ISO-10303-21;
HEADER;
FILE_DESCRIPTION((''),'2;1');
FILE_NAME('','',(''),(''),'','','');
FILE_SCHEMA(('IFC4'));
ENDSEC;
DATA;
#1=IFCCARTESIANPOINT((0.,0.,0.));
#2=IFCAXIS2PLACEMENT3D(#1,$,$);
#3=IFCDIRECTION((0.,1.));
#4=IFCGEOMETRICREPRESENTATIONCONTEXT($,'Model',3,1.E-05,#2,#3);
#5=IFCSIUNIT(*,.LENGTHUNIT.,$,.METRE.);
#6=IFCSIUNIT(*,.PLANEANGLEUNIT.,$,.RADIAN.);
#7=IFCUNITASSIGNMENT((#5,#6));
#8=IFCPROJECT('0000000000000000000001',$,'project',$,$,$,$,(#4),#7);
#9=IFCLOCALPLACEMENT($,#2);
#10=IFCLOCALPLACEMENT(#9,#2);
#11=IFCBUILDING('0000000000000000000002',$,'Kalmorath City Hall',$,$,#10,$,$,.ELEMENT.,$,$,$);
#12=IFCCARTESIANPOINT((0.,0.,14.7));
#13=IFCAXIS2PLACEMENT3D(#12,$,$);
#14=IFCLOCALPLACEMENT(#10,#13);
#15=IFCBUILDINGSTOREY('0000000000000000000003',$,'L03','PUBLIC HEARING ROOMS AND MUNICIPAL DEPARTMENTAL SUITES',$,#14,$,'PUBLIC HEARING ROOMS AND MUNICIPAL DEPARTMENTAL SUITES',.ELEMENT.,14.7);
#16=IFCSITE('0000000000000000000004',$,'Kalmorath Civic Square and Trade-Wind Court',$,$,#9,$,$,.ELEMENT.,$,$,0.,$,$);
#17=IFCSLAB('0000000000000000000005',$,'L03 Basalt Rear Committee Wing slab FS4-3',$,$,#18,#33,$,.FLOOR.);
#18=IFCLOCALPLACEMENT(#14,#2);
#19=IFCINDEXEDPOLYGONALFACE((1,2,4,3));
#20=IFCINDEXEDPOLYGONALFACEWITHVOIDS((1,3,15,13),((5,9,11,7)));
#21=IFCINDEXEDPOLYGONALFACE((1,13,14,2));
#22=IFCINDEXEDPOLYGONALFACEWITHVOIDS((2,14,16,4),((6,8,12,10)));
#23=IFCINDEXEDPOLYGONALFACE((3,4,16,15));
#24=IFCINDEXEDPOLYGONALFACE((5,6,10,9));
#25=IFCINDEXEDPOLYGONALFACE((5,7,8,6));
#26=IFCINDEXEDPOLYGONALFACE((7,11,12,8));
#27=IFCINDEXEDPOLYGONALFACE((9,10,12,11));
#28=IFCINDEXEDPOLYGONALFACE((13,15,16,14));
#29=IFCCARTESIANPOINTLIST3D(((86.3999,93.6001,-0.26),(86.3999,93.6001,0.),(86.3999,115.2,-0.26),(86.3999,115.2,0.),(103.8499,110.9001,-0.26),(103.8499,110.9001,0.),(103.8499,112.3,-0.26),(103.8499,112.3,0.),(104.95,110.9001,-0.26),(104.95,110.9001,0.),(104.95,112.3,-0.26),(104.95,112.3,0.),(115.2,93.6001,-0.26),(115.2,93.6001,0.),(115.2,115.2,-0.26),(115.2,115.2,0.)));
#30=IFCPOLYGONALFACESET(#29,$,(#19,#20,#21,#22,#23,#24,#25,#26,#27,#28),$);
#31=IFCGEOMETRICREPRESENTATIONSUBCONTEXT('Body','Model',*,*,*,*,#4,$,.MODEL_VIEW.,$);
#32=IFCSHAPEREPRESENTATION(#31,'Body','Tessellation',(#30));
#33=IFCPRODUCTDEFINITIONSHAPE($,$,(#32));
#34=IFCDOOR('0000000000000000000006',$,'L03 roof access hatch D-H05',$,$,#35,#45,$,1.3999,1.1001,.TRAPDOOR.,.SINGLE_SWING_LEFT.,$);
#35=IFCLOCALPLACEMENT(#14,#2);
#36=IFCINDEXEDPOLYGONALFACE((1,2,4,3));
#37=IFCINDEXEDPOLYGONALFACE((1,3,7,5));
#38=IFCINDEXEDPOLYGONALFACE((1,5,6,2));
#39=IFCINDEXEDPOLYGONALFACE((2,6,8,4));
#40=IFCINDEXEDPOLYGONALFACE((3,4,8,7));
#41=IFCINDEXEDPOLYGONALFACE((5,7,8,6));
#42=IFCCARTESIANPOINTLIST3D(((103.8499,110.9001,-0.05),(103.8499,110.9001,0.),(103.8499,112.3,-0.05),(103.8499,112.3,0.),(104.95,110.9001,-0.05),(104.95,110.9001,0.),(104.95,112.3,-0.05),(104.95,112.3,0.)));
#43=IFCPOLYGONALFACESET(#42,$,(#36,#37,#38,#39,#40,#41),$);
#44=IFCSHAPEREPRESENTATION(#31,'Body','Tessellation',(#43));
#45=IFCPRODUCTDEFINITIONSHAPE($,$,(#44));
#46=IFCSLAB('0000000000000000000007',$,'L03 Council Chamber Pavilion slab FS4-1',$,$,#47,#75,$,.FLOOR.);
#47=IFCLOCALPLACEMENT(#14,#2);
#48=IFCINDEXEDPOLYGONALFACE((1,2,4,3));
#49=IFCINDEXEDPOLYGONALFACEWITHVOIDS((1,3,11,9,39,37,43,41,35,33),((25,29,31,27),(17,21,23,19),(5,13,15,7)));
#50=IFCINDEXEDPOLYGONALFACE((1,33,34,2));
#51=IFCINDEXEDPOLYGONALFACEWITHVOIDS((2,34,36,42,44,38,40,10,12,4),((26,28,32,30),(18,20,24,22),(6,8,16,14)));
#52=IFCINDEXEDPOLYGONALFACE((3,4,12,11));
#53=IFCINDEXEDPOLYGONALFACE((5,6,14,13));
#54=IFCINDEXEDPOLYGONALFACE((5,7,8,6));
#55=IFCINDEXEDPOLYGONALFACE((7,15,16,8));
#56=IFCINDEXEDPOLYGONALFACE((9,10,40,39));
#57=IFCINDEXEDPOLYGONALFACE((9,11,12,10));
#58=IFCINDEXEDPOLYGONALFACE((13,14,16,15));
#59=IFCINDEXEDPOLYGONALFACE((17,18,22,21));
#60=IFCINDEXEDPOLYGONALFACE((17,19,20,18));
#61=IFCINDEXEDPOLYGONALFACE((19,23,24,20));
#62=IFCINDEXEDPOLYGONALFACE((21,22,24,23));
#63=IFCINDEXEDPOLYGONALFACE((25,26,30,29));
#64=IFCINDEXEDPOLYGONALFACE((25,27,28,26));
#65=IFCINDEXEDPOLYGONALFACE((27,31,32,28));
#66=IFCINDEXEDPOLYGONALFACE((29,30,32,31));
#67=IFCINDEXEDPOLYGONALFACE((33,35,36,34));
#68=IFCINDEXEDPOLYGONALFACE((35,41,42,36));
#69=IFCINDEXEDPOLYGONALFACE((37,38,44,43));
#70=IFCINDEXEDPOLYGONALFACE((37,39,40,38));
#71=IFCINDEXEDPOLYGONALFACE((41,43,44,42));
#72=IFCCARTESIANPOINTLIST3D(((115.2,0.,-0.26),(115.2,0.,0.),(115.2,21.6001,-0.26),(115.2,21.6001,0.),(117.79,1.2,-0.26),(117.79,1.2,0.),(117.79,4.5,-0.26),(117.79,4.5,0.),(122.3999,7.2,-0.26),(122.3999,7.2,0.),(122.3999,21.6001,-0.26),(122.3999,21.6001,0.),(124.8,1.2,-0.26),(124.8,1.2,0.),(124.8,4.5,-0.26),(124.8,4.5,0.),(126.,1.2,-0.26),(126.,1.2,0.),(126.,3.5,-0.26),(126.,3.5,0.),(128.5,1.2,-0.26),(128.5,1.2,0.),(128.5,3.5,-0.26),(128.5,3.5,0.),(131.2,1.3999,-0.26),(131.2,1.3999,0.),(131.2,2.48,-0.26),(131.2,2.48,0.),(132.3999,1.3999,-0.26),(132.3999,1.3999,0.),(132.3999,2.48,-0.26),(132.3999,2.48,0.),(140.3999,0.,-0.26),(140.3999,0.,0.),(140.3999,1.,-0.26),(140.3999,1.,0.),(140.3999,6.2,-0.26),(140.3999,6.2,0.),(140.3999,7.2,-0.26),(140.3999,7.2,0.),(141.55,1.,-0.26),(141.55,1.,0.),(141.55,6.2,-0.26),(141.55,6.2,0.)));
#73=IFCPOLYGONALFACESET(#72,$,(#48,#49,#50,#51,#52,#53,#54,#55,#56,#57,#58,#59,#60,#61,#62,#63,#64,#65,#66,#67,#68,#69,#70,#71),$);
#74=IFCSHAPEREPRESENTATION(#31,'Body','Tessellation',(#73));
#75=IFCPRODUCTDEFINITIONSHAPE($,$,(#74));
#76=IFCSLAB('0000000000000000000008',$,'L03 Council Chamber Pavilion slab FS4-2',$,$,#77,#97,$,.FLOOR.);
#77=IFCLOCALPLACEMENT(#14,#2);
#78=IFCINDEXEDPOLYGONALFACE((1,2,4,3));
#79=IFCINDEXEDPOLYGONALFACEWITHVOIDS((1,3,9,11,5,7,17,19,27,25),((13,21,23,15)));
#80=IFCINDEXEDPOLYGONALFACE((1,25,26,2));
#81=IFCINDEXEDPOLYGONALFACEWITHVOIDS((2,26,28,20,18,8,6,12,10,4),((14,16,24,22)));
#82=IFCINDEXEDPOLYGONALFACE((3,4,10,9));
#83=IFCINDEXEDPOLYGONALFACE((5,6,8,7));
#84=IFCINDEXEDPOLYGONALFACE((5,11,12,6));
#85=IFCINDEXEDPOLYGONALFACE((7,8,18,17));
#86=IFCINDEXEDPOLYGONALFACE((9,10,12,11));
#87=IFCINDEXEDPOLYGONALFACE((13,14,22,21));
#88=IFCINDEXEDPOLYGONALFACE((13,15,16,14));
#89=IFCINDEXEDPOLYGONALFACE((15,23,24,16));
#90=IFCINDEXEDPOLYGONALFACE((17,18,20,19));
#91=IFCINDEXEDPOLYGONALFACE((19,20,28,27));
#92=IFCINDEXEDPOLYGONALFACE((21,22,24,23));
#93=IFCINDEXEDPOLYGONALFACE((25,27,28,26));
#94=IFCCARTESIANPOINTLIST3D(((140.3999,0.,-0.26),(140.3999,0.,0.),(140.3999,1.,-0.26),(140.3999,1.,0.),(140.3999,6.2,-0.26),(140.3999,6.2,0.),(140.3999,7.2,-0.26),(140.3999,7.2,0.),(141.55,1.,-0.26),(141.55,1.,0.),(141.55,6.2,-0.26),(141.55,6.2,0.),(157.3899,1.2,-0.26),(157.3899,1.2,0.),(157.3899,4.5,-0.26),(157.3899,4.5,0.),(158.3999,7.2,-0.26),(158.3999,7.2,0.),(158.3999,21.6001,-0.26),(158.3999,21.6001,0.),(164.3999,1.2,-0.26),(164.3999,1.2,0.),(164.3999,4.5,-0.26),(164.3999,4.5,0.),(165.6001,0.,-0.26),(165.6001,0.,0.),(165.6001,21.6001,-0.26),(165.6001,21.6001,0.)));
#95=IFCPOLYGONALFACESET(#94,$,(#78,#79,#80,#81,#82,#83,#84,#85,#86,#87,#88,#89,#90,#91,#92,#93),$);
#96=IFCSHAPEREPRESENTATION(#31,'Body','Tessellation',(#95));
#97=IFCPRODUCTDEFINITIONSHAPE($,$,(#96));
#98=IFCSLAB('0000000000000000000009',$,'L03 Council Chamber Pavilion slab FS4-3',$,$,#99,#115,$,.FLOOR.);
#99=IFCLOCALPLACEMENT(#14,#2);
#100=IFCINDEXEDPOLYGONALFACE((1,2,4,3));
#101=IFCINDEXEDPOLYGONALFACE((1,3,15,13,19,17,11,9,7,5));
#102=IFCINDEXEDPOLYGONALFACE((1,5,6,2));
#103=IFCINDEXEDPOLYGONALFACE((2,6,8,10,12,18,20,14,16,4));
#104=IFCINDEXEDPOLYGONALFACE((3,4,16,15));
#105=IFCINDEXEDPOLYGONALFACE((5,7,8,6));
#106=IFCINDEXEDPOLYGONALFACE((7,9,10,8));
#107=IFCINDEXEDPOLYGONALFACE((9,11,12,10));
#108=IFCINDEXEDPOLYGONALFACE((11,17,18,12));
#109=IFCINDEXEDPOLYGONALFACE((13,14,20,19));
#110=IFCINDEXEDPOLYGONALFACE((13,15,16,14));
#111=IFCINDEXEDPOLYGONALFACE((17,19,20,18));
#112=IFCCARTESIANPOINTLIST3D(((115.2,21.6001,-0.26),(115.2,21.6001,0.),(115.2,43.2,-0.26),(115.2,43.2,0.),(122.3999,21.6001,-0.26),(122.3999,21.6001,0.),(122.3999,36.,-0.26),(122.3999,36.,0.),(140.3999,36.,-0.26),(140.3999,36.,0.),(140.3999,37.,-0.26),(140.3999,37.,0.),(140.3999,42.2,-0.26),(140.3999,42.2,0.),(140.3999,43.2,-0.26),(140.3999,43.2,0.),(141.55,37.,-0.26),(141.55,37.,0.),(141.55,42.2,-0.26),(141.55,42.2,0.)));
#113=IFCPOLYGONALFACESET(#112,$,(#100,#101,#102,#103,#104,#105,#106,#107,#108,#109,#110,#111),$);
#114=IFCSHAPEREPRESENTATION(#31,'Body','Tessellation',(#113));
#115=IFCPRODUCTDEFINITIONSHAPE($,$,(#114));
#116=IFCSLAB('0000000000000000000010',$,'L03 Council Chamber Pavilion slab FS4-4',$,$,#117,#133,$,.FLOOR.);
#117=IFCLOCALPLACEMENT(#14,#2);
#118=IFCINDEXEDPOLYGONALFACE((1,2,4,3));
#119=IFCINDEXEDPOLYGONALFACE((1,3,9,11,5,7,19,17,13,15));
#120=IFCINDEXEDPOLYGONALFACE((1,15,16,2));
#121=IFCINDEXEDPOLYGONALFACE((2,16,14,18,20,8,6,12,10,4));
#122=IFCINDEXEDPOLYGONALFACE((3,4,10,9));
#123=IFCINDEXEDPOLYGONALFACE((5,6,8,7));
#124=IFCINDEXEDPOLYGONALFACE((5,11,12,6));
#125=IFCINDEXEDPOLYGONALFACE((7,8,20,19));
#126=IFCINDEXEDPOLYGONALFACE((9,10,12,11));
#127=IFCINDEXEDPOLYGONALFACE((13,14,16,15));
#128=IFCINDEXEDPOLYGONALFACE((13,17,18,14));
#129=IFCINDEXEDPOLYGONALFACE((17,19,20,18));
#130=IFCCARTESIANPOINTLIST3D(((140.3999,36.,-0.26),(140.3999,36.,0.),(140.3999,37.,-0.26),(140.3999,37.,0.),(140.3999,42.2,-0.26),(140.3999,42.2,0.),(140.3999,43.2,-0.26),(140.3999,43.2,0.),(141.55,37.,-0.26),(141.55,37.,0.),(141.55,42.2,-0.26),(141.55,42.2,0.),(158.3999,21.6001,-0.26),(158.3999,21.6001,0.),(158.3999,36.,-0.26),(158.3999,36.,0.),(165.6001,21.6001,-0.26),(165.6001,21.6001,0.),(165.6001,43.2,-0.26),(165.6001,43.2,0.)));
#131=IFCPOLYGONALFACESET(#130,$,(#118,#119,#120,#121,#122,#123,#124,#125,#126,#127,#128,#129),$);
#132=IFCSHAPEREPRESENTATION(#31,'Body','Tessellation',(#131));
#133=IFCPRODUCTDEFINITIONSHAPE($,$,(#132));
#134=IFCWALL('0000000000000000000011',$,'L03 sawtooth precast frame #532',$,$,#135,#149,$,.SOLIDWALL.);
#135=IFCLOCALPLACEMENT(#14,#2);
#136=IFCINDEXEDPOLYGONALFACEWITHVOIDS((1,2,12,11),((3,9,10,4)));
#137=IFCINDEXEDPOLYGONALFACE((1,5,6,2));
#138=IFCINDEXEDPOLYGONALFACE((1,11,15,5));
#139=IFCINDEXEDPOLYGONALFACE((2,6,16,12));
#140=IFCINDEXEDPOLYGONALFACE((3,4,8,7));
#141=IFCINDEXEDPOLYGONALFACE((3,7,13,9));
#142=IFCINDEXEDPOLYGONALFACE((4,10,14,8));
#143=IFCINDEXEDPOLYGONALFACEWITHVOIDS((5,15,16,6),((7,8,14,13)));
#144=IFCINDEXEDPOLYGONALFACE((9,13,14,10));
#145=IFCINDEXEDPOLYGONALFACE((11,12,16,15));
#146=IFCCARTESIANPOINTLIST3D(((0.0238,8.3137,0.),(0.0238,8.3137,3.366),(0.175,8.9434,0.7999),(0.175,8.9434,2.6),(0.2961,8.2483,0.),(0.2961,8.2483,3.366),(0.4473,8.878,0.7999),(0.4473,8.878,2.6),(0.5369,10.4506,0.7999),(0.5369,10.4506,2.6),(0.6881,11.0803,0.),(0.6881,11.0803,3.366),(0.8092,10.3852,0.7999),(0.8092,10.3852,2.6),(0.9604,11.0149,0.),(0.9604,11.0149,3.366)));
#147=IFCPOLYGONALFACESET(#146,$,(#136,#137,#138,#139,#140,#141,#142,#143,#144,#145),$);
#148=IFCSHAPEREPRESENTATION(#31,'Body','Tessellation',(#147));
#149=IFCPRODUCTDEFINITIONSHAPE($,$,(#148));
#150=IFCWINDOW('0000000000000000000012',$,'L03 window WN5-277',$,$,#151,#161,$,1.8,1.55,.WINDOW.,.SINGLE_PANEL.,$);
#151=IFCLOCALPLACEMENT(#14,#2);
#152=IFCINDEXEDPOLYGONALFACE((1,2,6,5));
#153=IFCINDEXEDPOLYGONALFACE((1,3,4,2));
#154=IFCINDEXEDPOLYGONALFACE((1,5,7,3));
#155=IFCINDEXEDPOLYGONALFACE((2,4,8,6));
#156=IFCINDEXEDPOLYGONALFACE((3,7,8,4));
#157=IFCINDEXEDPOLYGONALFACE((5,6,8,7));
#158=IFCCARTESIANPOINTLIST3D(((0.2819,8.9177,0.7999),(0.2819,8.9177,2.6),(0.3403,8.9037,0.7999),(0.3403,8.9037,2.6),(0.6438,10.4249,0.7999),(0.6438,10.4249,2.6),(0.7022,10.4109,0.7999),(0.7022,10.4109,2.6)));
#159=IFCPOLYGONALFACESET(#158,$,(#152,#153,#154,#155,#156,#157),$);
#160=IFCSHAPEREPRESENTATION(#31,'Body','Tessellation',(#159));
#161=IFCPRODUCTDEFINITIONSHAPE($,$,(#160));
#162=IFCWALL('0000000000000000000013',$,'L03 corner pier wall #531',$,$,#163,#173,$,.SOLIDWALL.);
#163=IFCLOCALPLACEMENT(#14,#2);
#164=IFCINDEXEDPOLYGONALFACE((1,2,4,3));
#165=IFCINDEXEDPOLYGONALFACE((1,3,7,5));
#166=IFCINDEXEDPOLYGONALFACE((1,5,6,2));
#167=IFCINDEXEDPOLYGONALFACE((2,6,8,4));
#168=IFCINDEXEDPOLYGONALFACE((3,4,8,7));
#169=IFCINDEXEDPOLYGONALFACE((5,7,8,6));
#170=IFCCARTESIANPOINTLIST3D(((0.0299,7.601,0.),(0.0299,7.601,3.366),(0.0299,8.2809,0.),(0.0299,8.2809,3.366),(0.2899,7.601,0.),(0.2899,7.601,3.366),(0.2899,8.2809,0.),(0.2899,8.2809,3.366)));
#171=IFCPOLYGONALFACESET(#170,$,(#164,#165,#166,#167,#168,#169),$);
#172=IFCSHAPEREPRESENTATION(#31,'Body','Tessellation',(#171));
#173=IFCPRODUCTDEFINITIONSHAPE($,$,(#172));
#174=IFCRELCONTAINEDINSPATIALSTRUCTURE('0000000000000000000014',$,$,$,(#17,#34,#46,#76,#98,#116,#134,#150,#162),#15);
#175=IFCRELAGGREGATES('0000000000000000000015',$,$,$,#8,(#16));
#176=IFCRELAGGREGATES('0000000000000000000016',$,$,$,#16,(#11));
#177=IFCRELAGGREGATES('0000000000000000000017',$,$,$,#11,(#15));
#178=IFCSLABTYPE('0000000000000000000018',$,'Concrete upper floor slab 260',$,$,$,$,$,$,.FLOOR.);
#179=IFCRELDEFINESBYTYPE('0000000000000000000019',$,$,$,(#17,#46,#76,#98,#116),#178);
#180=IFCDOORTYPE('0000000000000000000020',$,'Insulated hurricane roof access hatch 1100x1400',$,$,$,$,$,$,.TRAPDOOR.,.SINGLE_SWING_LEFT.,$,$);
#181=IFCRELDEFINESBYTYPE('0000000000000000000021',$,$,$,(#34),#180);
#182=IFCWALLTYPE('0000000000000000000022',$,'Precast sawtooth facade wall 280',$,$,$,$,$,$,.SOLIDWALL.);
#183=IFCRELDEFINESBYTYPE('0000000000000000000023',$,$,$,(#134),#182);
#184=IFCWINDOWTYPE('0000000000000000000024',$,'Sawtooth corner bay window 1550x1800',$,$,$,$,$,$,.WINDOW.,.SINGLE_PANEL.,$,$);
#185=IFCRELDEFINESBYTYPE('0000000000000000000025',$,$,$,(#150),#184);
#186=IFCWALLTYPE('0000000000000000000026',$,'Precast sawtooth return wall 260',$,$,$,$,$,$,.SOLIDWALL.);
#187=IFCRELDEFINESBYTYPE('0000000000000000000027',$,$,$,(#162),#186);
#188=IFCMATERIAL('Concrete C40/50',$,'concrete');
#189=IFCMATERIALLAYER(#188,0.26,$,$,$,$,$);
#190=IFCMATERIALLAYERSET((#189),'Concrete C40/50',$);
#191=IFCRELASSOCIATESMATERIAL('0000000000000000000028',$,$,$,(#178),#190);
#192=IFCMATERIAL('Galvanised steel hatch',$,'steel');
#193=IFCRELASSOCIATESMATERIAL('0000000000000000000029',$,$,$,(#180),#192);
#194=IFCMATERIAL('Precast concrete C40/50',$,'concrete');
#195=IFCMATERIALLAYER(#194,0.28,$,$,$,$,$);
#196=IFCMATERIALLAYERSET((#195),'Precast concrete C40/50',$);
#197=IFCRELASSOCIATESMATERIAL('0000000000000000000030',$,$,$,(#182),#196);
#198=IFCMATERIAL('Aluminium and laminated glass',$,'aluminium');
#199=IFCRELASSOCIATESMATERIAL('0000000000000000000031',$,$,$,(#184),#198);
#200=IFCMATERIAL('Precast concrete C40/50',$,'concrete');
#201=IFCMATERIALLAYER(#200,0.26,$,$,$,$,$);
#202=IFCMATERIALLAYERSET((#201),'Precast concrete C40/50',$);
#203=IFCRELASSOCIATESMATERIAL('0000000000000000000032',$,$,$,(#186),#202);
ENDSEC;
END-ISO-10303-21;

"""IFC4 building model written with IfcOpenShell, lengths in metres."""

from ifc_helpers import new_model, si_unit, direction, frame, frame_2d, origin, origin_2d, place, context, subcontext, project, spatial, polyline, rectangle, outline, extrude, material, layer, layer_set, type_object, element, fill, save


model = new_model("IFC4")

# Units and contexts
model_context = context("Model", 3, precision=1e-05, world=origin(), true_north=direction((0.0, 1.0)))
body_context = subcontext(model_context, "Body", "Model", "MODEL_VIEW")
ifc_project = project(units=[si_unit("LENGTHUNIT", "METRE"), si_unit("PLANEANGLEUNIT", "RADIAN")], contexts=[model_context])

# Site, building, storey
site_placement = place(None, origin())
site = spatial("IfcSite", under=ifc_project, at=site_placement, Name="Kalmorath Civic Square and Trade-Wind Court", CompositionType="ELEMENT", RefElevation=0.0)
building_placement = place(site_placement, origin())
building = spatial("IfcBuilding", under=site, at=building_placement, Name="Kalmorath City Hall", CompositionType="ELEMENT")
storey_placement = place(building_placement, frame((0.0, 0.0, 14.7)))
storey = spatial("IfcBuildingStorey", under=building, at=storey_placement, Name="L03", Description="PUBLIC HEARING ROOMS AND MUNICIPAL DEPARTMENTAL SUITES", LongName="PUBLIC HEARING ROOMS AND MUNICIPAL DEPARTMENTAL SUITES", CompositionType="ELEMENT", Elevation=14.7)

# Shared definitions
ifc_material_1 = material(Name="Concrete C40/50", Category="concrete")
ifc_layer_1 = layer(ifc_material_1, 0.26)
ifc_layer_set_1 = layer_set([ifc_layer_1], Name="Concrete C40/50")
slab_type_1 = type_object("IfcSlabType", Name="Concrete upper floor slab 260", PredefinedType="FLOOR", material=ifc_layer_set_1)

# Slab, opening, door
slab_1_placement = place(storey_placement, frame((0.0, 0.0, -0.26)))
slab_1 = element("IfcSlab", 1, at=slab_1_placement, inside=storey, type_object=slab_type_1, Name="L03 Basalt Rear Committee Wing slab FS4-3", PredefinedType="FLOOR", context=body_context, shape_type="SweptSolid", body=[
    extrude(outline(polyline([(86.3999, 93.6001), (86.3999, 115.2), (115.2, 115.2), (115.2, 93.6001), (86.3999, 93.6001)])), origin(), (0.0, 0.0, 1.0), 0.26),
])
opening_1_placement = place(slab_1_placement, frame((104.3999, 111.6001, 0.0)))
opening_1 = element("IfcOpeningElement", 2, at=opening_1_placement, cuts=slab_1, PredefinedType="OPENING", context=body_context, shape_type="SweptSolid", body=[
    extrude(rectangle(XDim=1.1001, YDim=1.3999, at=origin_2d()), origin(), (0.0, 0.0, 1.0), 0.26),
])
ifc_material_2 = material(Name="Galvanised steel hatch", Category="steel")
door_type = type_object("IfcDoorType", Name="Insulated hurricane roof access hatch 1100x1400", OperationType="SINGLE_SWING_LEFT", PredefinedType="TRAPDOOR", material=ifc_material_2)
door_placement = place(opening_1_placement, frame((0.0, 0.0, 0.21)))
door = element("IfcDoor", 3, at=door_placement, inside=storey, type_object=door_type, Name="L03 roof access hatch D-H05", OperationType="SINGLE_SWING_LEFT", OverallHeight=1.3999, OverallWidth=1.1001, PredefinedType="TRAPDOOR", context=body_context, shape_type="SweptSolid", body=[
    extrude(rectangle(XDim=1.1001, YDim=1.3999, at=origin_2d()), origin(), (0.0, 0.0, 1.0), 0.05),
])
fill(opening_1, door)

# Slabs
slab_2_placement = place(storey_placement, frame((0.0, 0.0, -0.26)))
element("IfcSlab", 4, at=slab_2_placement, inside=storey, type_object=slab_type_1, Name="L03 Council Chamber Pavilion slab FS4-1", PredefinedType="FLOOR", context=body_context, shape_type="SweptSolid", body=[
    extrude(outline(polyline([(115.2, 21.6001), (122.3999, 21.6001), (122.3999, 7.2), (140.3999, 7.2), (140.3999, 6.2), (141.55, 6.2), (141.55, 1.0), (140.3999, 1.0), (140.3999, 0.0), (115.2, 0.0), (115.2, 21.6001)]), holes=[polyline([(117.79, 4.5), (117.79, 1.2), (124.8, 1.2), (124.8, 4.5), (117.79, 4.5)]), polyline([(128.5, 3.5), (126.0, 3.5), (126.0, 1.2), (128.5, 1.2), (128.5, 3.5)]), polyline([(131.2, 1.3999), (132.3999, 1.3999), (132.3999, 2.48), (131.2, 2.48), (131.2, 1.3999)])]), origin(), (0.0, 0.0, 1.0), 0.26),
])
slab_3_placement = place(storey_placement, frame((0.0, 0.0, -0.26)))
element("IfcSlab", 5, at=slab_3_placement, inside=storey, type_object=slab_type_1, Name="L03 Council Chamber Pavilion slab FS4-2", PredefinedType="FLOOR", context=body_context, shape_type="SweptSolid", body=[
    extrude(outline(polyline([(140.3999, 0.0), (140.3999, 1.0), (141.55, 1.0), (141.55, 6.2), (140.3999, 6.2), (140.3999, 7.2), (158.3999, 7.2), (158.3999, 21.6001), (165.6001, 21.6001), (165.6001, 0.0), (140.3999, 0.0)]), holes=[polyline([(164.3999, 1.2), (164.3999, 4.5), (157.3899, 4.5), (157.3899, 1.2), (164.3999, 1.2)])]), origin(), (0.0, 0.0, 1.0), 0.26),
])
slab_4_placement = place(storey_placement, frame((0.0, 0.0, -0.26)))
element("IfcSlab", 6, at=slab_4_placement, inside=storey, type_object=slab_type_1, Name="L03 Council Chamber Pavilion slab FS4-3", PredefinedType="FLOOR", context=body_context, shape_type="SweptSolid", body=[
    extrude(outline(polyline([(140.3999, 43.2), (140.3999, 42.2), (141.55, 42.2), (141.55, 37.0), (140.3999, 37.0), (140.3999, 36.0), (122.3999, 36.0), (122.3999, 21.6001), (115.2, 21.6001), (115.2, 43.2), (140.3999, 43.2)])), origin(), (0.0, 0.0, 1.0), 0.26),
])
slab_5_placement = place(storey_placement, frame((0.0, 0.0, -0.26)))
element("IfcSlab", 7, at=slab_5_placement, inside=storey, type_object=slab_type_1, Name="L03 Council Chamber Pavilion slab FS4-4", PredefinedType="FLOOR", context=body_context, shape_type="SweptSolid", body=[
    extrude(outline(polyline([(158.3999, 21.6001), (158.3999, 36.0), (140.3999, 36.0), (140.3999, 37.0), (141.55, 37.0), (141.55, 42.2), (140.3999, 42.2), (140.3999, 43.2), (165.6001, 43.2), (165.6001, 21.6001), (158.3999, 21.6001)])), origin(), (0.0, 0.0, 1.0), 0.26),
])

# Wall, opening, window
ifc_material_3 = material(Name="Precast concrete C40/50", Category="concrete")
ifc_layer_2 = layer(ifc_material_3, 0.28)
ifc_layer_set_2 = layer_set([ifc_layer_2], Name="Precast concrete C40/50")
wall_type_1 = type_object("IfcWallType", Name="Precast sawtooth facade wall 280", PredefinedType="SOLIDWALL", material=ifc_layer_set_2)
wall_1_placement = place(storey_placement, frame((0.1599, 8.281, 0.0), z_axis=(0.0, 0.0, 1.0), x_axis=(0.23348, 0.972362, 0.0)))
wall_1 = element("IfcWall", 8, at=wall_1_placement, inside=storey, type_object=wall_type_1, Name="L03 sawtooth precast frame #532", PredefinedType="SOLIDWALL", context=body_context, shape_type="SweptSolid", body=[
    extrude(rectangle(XDim=2.8452, YDim=0.28, at=frame_2d((1.4226, 0.0))), origin(), (0.0, 0.0, 1.0), 3.366),
])
opening_2_placement = place(wall_1_placement, frame((0.6477, 0.0, 0.8)))
opening_2 = element("IfcOpeningElement", 9, at=opening_2_placement, cuts=wall_1, PredefinedType="OPENING", context=body_context, shape_type="SweptSolid", body=[
    extrude(rectangle(XDim=1.55, YDim=1.8, at=frame_2d((0.7749, 0.8999))), frame((0.0, 0.1499, 0.0), z_axis=(0.0, -1.0, 0.0), x_axis=(1.0, 0.0, 0.0)), (0.0, 0.0, 1.0), 0.3),
])
ifc_material_4 = material(Name="Aluminium and laminated glass", Category="aluminium")
window_type = type_object("IfcWindowType", Name="Sawtooth corner bay window 1550x1800", PartitioningType="SINGLE_PANEL", PredefinedType="WINDOW", material=ifc_material_4)
window_placement = place(opening_2_placement, origin())
window = element("IfcWindow", 10, at=window_placement, inside=storey, type_object=window_type, Name="L03 window WN5-277", OverallHeight=1.8, OverallWidth=1.55, PartitioningType="SINGLE_PANEL", PredefinedType="WINDOW", context=body_context, shape_type="SweptSolid", body=[
    extrude(rectangle(XDim=1.55, YDim=1.8, at=frame_2d((0.7749, 0.8999))), frame((0.0, 0.03, 0.0), z_axis=(0.0, -1.0, 0.0), x_axis=(1.0, 0.0, 0.0)), (0.0, 0.0, 1.0), 0.0601),
])
fill(opening_2, window)

# Wall
ifc_material_5 = material(Name="Precast concrete C40/50", Category="concrete")
ifc_layer_3 = layer(ifc_material_5, 0.26)
ifc_layer_set_3 = layer_set([ifc_layer_3], Name="Precast concrete C40/50")
wall_type_2 = type_object("IfcWallType", Name="Precast sawtooth return wall 260", PredefinedType="SOLIDWALL", material=ifc_layer_set_3)
wall_2_placement = place(storey_placement, frame((0.1599, 7.6011, 0.0), z_axis=(0.0, 0.0, 1.0), x_axis=(0.0, 1.0, 0.0)))
element("IfcWall", 11, at=wall_2_placement, inside=storey, type_object=wall_type_2, Name="L03 corner pier wall #531", PredefinedType="SOLIDWALL", context=body_context, shape_type="SweptSolid", body=[
    extrude(rectangle(XDim=0.6799, YDim=0.26, at=frame_2d((0.3398, 0.0))), origin(), (0.0, 0.0, 1.0), 3.366),
])

save(model, "model.ifc")
